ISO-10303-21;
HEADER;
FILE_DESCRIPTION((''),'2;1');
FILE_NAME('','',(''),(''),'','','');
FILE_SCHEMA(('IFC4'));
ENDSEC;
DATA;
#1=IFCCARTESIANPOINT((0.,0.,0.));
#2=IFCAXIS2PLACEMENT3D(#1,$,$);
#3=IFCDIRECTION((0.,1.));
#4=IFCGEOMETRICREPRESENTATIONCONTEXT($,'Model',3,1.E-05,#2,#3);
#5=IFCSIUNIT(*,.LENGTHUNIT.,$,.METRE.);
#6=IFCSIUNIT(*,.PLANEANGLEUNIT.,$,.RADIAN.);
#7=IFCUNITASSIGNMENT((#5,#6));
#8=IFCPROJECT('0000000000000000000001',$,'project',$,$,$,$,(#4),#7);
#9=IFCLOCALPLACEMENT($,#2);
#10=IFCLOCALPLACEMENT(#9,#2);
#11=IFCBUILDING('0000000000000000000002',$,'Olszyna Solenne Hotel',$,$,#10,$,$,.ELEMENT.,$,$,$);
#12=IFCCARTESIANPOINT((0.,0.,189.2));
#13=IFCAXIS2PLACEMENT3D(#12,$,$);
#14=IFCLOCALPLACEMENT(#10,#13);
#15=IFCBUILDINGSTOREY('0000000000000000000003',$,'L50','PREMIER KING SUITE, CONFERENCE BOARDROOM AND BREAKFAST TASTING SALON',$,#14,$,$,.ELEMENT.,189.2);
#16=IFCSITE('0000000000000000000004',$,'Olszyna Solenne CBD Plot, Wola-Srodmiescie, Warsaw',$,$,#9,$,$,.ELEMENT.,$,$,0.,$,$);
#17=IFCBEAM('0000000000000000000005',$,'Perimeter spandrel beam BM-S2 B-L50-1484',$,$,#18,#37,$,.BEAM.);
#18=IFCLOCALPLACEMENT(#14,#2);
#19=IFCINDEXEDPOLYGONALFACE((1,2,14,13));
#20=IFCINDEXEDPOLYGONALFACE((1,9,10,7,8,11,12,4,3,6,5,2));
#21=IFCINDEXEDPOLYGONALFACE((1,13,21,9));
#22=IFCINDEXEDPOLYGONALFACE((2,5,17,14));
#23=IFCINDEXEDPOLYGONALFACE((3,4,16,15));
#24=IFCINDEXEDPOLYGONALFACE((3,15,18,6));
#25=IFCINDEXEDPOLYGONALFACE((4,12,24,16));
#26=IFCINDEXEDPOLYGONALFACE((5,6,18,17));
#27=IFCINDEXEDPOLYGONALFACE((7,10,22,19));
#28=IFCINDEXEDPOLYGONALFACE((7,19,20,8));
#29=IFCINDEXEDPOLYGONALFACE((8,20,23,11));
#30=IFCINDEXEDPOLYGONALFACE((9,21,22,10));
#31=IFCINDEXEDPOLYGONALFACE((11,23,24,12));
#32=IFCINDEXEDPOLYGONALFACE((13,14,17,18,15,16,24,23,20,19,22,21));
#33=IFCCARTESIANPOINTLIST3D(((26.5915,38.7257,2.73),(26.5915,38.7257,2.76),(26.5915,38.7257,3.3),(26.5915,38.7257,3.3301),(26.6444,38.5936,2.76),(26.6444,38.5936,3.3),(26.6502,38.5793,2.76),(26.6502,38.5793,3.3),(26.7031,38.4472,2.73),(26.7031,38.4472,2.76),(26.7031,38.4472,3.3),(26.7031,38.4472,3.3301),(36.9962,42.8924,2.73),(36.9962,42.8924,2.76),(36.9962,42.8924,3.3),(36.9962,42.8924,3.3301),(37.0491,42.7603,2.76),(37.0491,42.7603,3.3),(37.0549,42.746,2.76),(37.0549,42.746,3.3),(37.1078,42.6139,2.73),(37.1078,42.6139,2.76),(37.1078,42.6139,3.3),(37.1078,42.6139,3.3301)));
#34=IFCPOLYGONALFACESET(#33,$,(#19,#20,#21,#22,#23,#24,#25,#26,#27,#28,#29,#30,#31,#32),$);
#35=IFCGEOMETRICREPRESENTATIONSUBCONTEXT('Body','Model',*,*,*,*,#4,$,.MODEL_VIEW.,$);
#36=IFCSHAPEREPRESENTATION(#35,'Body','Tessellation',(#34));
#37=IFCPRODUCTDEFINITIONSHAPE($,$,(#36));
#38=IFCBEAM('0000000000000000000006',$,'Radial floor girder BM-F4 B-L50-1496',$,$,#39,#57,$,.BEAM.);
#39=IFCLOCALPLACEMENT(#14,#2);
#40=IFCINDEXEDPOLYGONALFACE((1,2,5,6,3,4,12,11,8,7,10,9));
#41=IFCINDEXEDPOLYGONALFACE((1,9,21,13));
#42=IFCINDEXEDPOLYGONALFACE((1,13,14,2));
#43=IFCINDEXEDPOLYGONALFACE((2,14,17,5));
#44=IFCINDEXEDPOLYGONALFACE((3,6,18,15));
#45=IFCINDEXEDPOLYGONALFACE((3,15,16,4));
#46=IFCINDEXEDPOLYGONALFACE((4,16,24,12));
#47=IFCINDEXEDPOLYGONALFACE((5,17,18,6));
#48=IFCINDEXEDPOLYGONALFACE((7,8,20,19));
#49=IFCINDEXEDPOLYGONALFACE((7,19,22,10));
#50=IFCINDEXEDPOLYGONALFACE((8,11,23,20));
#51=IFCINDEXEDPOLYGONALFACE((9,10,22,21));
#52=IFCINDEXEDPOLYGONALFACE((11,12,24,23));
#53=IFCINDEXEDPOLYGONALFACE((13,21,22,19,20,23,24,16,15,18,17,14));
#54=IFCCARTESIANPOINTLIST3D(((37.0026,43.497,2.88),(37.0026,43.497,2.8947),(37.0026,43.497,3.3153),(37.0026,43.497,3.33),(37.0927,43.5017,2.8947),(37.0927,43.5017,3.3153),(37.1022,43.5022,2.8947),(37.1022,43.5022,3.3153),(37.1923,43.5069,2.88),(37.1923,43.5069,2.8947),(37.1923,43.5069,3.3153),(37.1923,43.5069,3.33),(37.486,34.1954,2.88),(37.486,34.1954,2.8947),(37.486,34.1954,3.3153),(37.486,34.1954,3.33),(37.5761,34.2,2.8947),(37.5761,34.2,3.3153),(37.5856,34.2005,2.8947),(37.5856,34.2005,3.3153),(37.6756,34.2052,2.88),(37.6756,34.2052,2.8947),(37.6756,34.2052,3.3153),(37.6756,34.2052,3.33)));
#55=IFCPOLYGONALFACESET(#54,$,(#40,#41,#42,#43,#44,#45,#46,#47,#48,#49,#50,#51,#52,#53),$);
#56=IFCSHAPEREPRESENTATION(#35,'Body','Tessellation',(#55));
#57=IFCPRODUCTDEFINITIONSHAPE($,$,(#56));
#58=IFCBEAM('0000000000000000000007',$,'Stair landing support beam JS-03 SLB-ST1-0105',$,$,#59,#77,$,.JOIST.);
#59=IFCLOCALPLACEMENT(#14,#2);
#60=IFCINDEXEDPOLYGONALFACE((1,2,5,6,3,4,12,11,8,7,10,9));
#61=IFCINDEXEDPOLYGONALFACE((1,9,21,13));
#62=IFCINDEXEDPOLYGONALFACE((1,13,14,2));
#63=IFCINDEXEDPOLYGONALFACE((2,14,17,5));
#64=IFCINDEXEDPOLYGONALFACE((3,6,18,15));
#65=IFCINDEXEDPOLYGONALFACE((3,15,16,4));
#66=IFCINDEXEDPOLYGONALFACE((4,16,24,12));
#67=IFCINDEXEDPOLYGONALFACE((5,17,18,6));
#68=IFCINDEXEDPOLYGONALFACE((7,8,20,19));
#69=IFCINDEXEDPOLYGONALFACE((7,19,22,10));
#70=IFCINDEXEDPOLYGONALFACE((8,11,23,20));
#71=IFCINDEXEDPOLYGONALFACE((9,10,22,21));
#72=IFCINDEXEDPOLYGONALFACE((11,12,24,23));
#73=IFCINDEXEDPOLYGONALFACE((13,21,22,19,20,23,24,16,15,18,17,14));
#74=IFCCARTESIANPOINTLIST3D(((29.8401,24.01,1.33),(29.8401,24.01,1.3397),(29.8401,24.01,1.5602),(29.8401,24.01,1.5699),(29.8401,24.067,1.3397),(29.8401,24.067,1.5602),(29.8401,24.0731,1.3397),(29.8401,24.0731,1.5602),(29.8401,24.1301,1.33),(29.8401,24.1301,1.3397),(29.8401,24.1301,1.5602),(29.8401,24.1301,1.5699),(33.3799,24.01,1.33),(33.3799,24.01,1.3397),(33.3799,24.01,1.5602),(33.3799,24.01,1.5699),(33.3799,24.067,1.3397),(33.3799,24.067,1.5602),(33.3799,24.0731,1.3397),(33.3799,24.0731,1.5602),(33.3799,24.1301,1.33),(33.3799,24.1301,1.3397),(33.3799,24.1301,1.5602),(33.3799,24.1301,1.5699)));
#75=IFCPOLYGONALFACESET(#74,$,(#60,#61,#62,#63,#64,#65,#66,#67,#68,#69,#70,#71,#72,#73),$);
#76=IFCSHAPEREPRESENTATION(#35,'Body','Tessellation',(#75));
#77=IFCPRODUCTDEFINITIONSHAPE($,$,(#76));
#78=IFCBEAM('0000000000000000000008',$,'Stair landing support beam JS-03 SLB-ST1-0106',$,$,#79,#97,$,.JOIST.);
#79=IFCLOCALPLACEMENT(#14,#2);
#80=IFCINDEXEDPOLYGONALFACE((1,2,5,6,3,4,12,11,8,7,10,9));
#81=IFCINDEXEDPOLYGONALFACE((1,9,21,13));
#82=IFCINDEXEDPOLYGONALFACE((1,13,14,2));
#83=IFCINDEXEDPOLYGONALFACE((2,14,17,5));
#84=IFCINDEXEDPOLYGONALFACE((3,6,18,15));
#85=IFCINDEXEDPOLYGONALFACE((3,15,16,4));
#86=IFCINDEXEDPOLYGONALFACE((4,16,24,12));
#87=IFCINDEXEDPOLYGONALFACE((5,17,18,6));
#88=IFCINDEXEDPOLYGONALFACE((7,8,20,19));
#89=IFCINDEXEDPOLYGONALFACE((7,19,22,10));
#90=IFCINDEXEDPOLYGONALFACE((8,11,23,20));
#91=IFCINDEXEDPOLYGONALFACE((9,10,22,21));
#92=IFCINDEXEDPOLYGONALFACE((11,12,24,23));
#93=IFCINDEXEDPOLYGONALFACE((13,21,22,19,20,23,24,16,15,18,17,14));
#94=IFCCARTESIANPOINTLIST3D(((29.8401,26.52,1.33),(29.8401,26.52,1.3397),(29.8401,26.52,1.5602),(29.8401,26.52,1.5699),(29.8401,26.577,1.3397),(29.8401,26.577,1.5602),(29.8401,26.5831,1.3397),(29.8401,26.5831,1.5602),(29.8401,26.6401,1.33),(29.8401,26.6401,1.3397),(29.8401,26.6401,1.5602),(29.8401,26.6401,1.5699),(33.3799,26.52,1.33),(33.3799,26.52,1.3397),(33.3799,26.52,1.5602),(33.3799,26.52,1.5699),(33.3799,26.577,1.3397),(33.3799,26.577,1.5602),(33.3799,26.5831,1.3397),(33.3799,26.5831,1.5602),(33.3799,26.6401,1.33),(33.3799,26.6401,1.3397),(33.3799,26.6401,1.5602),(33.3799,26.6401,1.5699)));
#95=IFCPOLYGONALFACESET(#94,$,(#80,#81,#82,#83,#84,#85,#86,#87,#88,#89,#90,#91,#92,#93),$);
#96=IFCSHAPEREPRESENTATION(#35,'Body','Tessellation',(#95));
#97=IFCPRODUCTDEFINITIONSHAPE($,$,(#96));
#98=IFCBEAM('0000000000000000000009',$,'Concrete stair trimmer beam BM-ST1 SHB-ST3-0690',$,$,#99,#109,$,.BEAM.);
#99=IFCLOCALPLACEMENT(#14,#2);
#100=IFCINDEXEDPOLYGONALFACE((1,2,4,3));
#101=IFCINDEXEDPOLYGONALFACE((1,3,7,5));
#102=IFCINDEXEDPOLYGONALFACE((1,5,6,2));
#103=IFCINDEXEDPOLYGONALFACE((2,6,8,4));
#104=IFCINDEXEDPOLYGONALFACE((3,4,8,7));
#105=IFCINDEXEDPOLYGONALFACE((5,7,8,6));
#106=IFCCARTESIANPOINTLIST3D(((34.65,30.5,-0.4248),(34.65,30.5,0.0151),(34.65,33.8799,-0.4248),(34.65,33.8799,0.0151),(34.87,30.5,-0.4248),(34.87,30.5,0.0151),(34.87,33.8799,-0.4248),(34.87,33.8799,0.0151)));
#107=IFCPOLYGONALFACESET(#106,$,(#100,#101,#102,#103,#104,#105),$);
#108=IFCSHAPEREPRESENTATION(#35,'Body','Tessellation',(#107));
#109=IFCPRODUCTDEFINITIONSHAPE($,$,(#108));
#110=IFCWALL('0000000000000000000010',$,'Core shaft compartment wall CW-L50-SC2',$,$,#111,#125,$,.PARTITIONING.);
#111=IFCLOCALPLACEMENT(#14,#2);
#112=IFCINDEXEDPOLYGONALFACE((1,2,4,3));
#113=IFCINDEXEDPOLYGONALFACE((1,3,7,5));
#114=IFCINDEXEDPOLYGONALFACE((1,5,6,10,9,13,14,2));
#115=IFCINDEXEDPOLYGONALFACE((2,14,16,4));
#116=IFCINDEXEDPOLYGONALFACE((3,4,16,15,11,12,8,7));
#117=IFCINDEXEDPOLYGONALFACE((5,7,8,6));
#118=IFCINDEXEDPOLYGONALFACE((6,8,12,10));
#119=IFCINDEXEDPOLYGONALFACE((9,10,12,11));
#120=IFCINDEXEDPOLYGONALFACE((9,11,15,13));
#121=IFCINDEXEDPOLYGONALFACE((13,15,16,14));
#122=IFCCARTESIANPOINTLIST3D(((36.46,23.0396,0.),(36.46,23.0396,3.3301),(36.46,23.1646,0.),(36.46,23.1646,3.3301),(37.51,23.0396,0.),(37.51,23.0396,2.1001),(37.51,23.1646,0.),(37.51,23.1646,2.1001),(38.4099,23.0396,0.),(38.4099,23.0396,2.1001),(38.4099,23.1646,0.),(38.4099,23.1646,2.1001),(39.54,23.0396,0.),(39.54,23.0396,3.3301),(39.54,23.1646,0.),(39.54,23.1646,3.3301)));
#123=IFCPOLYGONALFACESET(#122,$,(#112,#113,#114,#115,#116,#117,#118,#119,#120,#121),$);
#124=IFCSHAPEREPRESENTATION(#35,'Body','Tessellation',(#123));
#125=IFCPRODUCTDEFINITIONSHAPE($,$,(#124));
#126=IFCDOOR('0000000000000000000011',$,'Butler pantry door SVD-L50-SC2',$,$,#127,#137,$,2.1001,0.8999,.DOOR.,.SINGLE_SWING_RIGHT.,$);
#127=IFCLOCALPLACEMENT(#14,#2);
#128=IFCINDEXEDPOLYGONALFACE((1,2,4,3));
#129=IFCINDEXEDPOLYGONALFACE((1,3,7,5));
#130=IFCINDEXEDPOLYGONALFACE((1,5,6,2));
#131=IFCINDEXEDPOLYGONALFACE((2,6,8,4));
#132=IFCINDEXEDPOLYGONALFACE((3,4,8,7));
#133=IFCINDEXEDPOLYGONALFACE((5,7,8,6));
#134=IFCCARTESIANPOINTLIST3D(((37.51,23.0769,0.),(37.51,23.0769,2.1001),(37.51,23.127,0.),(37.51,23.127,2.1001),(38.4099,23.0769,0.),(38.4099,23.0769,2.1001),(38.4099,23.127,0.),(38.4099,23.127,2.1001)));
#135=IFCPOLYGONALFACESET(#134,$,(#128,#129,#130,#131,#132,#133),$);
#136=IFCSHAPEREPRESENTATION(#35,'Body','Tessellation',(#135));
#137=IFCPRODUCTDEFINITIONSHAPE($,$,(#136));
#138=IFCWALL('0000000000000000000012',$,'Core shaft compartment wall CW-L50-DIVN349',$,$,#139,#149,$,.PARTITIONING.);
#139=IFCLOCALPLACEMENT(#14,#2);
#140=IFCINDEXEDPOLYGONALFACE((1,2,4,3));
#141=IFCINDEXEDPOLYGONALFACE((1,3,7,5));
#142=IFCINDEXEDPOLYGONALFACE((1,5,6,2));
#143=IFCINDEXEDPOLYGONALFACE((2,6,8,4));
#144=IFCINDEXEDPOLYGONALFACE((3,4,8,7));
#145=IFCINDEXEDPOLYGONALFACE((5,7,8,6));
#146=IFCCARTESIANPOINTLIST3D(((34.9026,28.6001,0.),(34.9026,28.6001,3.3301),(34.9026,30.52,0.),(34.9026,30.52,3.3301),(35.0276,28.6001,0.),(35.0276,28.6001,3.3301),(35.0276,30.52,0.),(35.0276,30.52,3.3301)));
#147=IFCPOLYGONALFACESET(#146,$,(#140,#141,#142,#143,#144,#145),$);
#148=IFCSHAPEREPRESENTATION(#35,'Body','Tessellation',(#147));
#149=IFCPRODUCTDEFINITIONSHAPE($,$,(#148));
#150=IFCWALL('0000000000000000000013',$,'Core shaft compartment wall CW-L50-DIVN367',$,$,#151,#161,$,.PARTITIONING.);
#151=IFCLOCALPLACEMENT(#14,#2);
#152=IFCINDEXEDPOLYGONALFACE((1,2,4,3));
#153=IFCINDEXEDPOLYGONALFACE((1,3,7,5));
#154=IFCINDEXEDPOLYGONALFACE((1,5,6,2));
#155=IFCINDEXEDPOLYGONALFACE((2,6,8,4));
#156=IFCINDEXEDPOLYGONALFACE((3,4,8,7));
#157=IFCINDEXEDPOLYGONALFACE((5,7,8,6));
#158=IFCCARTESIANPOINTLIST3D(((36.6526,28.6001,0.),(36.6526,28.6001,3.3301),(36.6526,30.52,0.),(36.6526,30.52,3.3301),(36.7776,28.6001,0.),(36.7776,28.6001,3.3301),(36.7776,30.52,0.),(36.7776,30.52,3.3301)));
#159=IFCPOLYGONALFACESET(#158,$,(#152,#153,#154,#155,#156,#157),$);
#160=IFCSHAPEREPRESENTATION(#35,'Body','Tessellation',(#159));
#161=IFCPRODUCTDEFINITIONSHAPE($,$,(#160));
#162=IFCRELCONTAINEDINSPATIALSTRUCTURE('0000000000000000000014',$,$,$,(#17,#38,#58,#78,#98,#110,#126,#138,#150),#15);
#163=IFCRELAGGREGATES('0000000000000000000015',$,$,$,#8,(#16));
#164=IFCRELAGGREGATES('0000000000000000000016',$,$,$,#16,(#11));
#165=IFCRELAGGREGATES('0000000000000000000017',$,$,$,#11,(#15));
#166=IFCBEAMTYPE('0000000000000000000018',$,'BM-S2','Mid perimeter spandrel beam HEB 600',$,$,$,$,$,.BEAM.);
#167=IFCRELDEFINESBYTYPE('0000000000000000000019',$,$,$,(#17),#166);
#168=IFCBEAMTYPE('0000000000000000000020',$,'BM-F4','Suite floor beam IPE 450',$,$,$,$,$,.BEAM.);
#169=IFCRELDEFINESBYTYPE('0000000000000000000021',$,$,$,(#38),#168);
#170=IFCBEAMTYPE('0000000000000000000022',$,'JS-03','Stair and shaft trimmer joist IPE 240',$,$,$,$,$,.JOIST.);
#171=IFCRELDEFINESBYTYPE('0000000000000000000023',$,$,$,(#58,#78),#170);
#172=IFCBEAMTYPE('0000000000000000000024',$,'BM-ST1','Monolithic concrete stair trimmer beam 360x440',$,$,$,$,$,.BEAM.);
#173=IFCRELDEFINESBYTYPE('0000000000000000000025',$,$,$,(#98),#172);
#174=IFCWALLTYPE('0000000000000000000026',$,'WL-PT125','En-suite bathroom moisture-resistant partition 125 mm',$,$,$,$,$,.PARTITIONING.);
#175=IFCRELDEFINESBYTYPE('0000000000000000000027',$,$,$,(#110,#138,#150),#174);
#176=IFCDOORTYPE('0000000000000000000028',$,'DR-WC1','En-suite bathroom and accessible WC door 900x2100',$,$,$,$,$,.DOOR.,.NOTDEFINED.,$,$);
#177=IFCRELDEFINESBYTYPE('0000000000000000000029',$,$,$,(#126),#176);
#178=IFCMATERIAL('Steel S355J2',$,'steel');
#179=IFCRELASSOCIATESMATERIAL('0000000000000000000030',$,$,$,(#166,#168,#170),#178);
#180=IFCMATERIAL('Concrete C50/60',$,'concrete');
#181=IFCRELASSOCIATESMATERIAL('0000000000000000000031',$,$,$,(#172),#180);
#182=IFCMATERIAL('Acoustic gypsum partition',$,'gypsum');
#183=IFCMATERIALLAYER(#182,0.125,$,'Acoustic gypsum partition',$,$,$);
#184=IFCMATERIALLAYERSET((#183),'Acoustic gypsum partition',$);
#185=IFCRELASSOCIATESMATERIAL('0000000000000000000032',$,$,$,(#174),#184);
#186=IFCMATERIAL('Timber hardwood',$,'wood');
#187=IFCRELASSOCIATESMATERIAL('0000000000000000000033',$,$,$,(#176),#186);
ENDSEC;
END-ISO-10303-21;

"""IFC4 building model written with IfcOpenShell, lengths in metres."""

from ifc_helpers import new_model, si_unit, direction, frame, frame_2d, origin, origin_2d, place, context, subcontext, project, spatial, rectangle, i_section, extrude, source, transform, mapped, material, layer, layer_set, material_profile, profile_set, type_object, type_shapes, element, fill, save


model = new_model("IFC4")

# Units and contexts
model_context = context("Model", 3, precision=1e-05, world=origin(), true_north=direction((0.0, 1.0)))
body_context = subcontext(model_context, "Body", "Model", "MODEL_VIEW")
ifc_project = project(units=[si_unit("LENGTHUNIT", "METRE"), si_unit("PLANEANGLEUNIT", "RADIAN")], contexts=[model_context])

# Site, building, storey
site_placement = place(None, origin())
site = spatial("IfcSite", under=ifc_project, at=site_placement, Name="Olszyna Solenne CBD Plot, Wola-Srodmiescie, Warsaw", CompositionType="ELEMENT", RefElevation=0.0)
building_placement = place(site_placement, origin())
building = spatial("IfcBuilding", under=site, at=building_placement, Name="Olszyna Solenne Hotel", CompositionType="ELEMENT")
storey_placement = place(building_placement, frame((0.0, 0.0, 189.2)))
storey = spatial("IfcBuildingStorey", under=building, at=storey_placement, Name="L50", Description="PREMIER KING SUITE, CONFERENCE BOARDROOM AND BREAKFAST TASTING SALON", CompositionType="ELEMENT", Elevation=189.2)

# Beams
ifc_material_1 = material(Name="Steel S355J2", Category="steel")
ifc_material_profile_1 = material_profile(ifc_material_1, i_section(OverallWidth=0.3, OverallDepth=0.6001, WebThickness=0.0154, FlangeThickness=0.03, at=origin_2d()), Name="HEB 600", Category="load-bearing")
ifc_profile_set_1 = profile_set([ifc_material_profile_1], Name="Steel S355J2")
beam_type_1 = type_object("IfcBeamType", Name="BM-S2", Description="Mid perimeter spandrel beam HEB 600", PredefinedType="BEAM", material=ifc_profile_set_1)
shared_shape_1 = source(origin(), body_context, "Body", "SweptSolid", [
    extrude(i_section(OverallWidth=0.3, OverallDepth=0.6001, WebThickness=0.0154, FlangeThickness=0.03, at=origin_2d()), origin(), (0.0, 0.0, 1.0), 11.208),
])
beam_1_placement = place(storey_placement, frame((37.052, 42.7532, 3.03), z_axis=(-0.928328, -0.371762, 0.0), x_axis=(0.371762, -0.928328, 0.0)))
element("IfcBeam", 1, at=beam_1_placement, inside=storey, type_object=beam_type_1, Name="Perimeter spandrel beam BM-S2 B-L50-1484", PredefinedType="BEAM", context=body_context, shape_type="MappedRepresentation", body=[
    mapped(shared_shape_1, transform((0.0, 0.0, 0.0), x_axis=(1.0, 0.0, 0.0), y_axis=(0.0, 1.0, 0.0), z_axis=(0.0, 0.0, 1.0), scale=1.0)),
])
ifc_material_profile_2 = material_profile(ifc_material_1, i_section(OverallWidth=0.1899, OverallDepth=0.45, WebThickness=0.0095, FlangeThickness=0.0146, at=origin_2d()), Name="IPE 450", Category="load-bearing")
ifc_profile_set_2 = profile_set([ifc_material_profile_2], Name="Steel S355J2")
beam_type_2 = type_object("IfcBeamType", Name="BM-F4", Description="Suite floor beam IPE 450", PredefinedType="BEAM", material=ifc_profile_set_2)
shared_shape_2 = source(origin(), body_context, "Body", "SweptSolid", [
    extrude(i_section(OverallWidth=0.1899, OverallDepth=0.45, WebThickness=0.0095, FlangeThickness=0.0146, at=origin_2d()), origin(), (0.0, 0.0, 1.0), 9.3142),
])
beam_2_placement = place(storey_placement, frame((37.0974, 43.502, 3.105), z_axis=(0.051898, -0.998652, 0.0), x_axis=(0.998652, 0.051898, 0.0)))
element("IfcBeam", 2, at=beam_2_placement, inside=storey, type_object=beam_type_2, Name="Radial floor girder BM-F4 B-L50-1496", PredefinedType="BEAM", context=body_context, shape_type="MappedRepresentation", body=[
    mapped(shared_shape_2, transform((0.0, 0.0, 0.0), x_axis=(1.0, 0.0, 0.0), y_axis=(0.0, 1.0, 0.0), z_axis=(0.0, 0.0, 1.0), scale=1.0)),
])
ifc_material_profile_3 = material_profile(ifc_material_1, i_section(OverallWidth=0.1201, OverallDepth=0.24, WebThickness=0.0061, FlangeThickness=0.0098, at=origin_2d()), Name="IPE 240", Category="load-bearing")
ifc_profile_set_3 = profile_set([ifc_material_profile_3], Name="Steel S355J2")
beam_type_3 = type_object("IfcBeamType", Name="JS-03", Description="Stair and shaft trimmer joist IPE 240", PredefinedType="JOIST", material=ifc_profile_set_3)
shared_shape_3 = source(origin(), body_context, "Body", "SweptSolid", [
    extrude(i_section(OverallWidth=0.1201, OverallDepth=0.24, WebThickness=0.0061, FlangeThickness=0.0098, at=origin_2d()), origin(), (0.0, 0.0, 1.0), 3.5398),
])
for number, where, z_axis, x_axis, name in (
    (3, (33.3799, 24.0701, 1.45), (-1.0, 0.0, 0.0), (0.0, -1.0, 0.0), "Stair landing support beam JS-03 SLB-ST1-0105"),
    (4, (33.3799, 26.5801, 1.45), (-1.0, 0.0, 0.0), (0.0, -1.0, 0.0), "Stair landing support beam JS-03 SLB-ST1-0106"),
):
    element("IfcBeam", number, at=place(storey_placement, frame(where, z_axis=z_axis, x_axis=x_axis)), inside=storey, type_object=beam_type_3, Name=name, PredefinedType="JOIST", context=body_context, shape_type="MappedRepresentation", body=[
        mapped(shared_shape_3, transform((0.0, 0.0, 0.0), x_axis=(1.0, 0.0, 0.0), y_axis=(0.0, 1.0, 0.0), z_axis=(0.0, 0.0, 1.0), scale=1.0)),
    ])
ifc_material_2 = material(Name="Concrete C50/60", Category="concrete")
ifc_material_profile_4 = material_profile(ifc_material_2, rectangle(XDim=0.22, YDim=0.4399, at=origin_2d()), Name="RC 220x440", Category="load-bearing")
ifc_profile_set_4 = profile_set([ifc_material_profile_4], Name="Concrete C50/60")
beam_type_4 = type_object("IfcBeamType", Name="BM-ST1", Description="Monolithic concrete stair trimmer beam 360x440", PredefinedType="BEAM", material=ifc_profile_set_4)
shared_shape_4 = source(origin(), body_context, "Body", "SweptSolid", [
    extrude(rectangle(XDim=0.22, YDim=0.4399, at=origin_2d()), origin(), (0.0, 0.0, 1.0), 3.3799),
])
beam_3_placement = place(storey_placement, frame((34.76, 30.5, -0.2048), z_axis=(0.0, 1.0, 0.0), x_axis=(-1.0, 0.0, 0.0)))
element("IfcBeam", 5, at=beam_3_placement, inside=storey, type_object=beam_type_4, Name="Concrete stair trimmer beam BM-ST1 SHB-ST3-0690", PredefinedType="BEAM", context=body_context, shape_type="MappedRepresentation", body=[
    mapped(shared_shape_4, transform((0.0, 0.0, 0.0), x_axis=(1.0, 0.0, 0.0), y_axis=(0.0, 1.0, 0.0), z_axis=(0.0, 0.0, 1.0), scale=1.0)),
])

# Wall, opening, door
ifc_material_3 = material(Name="Acoustic gypsum partition", Category="gypsum")
ifc_layer_1 = layer(ifc_material_3, 0.125, Name="Acoustic gypsum partition")
ifc_layer_set_1 = layer_set([ifc_layer_1], Name="Acoustic gypsum partition")
wall_type_1 = type_object("IfcWallType", Name="WL-PT125", Description="En-suite bathroom moisture-resistant partition 125 mm", PredefinedType="PARTITIONING", material=ifc_layer_set_1)
wall_1_placement = place(storey_placement, frame((36.46, 23.1021, 0.0), z_axis=(0.0, 0.0, 1.0), x_axis=(1.0, 0.0, 0.0)))
wall_1 = element("IfcWall", 6, at=wall_1_placement, inside=storey, type_object=wall_type_1, Name="Core shaft compartment wall CW-L50-SC2", PredefinedType="PARTITIONING", context=body_context, shape_type="SweptSolid", body=[
    extrude(rectangle(XDim=3.0801, YDim=0.125, at=frame_2d((1.54, 0.0))), origin(), (0.0, 0.0, 1.0), 3.3301),
])
opening_1_placement = place(wall_1_placement, frame((1.05, 0.0, 0.0)))
opening_1 = element("IfcOpeningElement", 7, at=opening_1_placement, cuts=wall_1, PredefinedType="OPENING", context=body_context, shape_type="SweptSolid", body=[
    extrude(rectangle(XDim=0.8999, YDim=2.1001, at=frame_2d((0.45, 1.05))), frame((0.0, 0.0725, 0.0), z_axis=(0.0, -1.0, 0.0), x_axis=(1.0, 0.0, 0.0)), (0.0, 0.0, 1.0), 0.145),
])
ifc_material_4 = material(Name="Timber hardwood", Category="wood")
door_type_1 = type_object("IfcDoorType", Name="DR-WC1", Description="En-suite bathroom and accessible WC door 900x2100", OperationType="NOTDEFINED", PredefinedType="DOOR", material=ifc_material_4)
shared_shape_5 = source(origin(), body_context, "Body", "SweptSolid", [
    extrude(rectangle(XDim=0.8999, YDim=2.1001, at=frame_2d((0.45, 1.05))), frame((0.0, 0.0249, 0.0), z_axis=(0.0, -1.0, 0.0), x_axis=(1.0, 0.0, 0.0)), (0.0, 0.0, 1.0), 0.05),
])
type_shapes(door_type_1, [shared_shape_5])
door_1_placement = place(opening_1_placement, origin())
door_1 = element("IfcDoor", 8, at=door_1_placement, inside=storey, type_object=door_type_1, Name="Butler pantry door SVD-L50-SC2", OperationType="SINGLE_SWING_RIGHT", OverallHeight=2.1001, OverallWidth=0.8999, PredefinedType="DOOR", context=body_context, shape_type="MappedRepresentation", body=[
    mapped(shared_shape_5, transform((0.0, 0.0, 0.0), x_axis=(1.0, 0.0, 0.0), y_axis=(0.0, 1.0, 0.0), z_axis=(0.0, 0.0, 1.0), scale=1.0)),
])
fill(opening_1, door_1)

# Walls
for number, where, z_axis, x_axis, name in (
    (9, (34.9651, 28.6001, 0.0), (0.0, 0.0, 1.0), (0.0, 1.0, 0.0), "Core shaft compartment wall CW-L50-DIVN349"),
    (10, (36.7151, 28.6001, 0.0), (0.0, 0.0, 1.0), (0.0, 1.0, 0.0), "Core shaft compartment wall CW-L50-DIVN367"),
):
    element("IfcWall", number, at=place(storey_placement, frame(where, z_axis=z_axis, x_axis=x_axis)), inside=storey, type_object=wall_type_1, Name=name, PredefinedType="PARTITIONING", context=body_context, shape_type="SweptSolid", body=[
        extrude(rectangle(XDim=1.9199, YDim=0.125, at=frame_2d((0.96, 0.0))), origin(), (0.0, 0.0, 1.0), 3.3301),
    ])

save(model, "model.ifc")
